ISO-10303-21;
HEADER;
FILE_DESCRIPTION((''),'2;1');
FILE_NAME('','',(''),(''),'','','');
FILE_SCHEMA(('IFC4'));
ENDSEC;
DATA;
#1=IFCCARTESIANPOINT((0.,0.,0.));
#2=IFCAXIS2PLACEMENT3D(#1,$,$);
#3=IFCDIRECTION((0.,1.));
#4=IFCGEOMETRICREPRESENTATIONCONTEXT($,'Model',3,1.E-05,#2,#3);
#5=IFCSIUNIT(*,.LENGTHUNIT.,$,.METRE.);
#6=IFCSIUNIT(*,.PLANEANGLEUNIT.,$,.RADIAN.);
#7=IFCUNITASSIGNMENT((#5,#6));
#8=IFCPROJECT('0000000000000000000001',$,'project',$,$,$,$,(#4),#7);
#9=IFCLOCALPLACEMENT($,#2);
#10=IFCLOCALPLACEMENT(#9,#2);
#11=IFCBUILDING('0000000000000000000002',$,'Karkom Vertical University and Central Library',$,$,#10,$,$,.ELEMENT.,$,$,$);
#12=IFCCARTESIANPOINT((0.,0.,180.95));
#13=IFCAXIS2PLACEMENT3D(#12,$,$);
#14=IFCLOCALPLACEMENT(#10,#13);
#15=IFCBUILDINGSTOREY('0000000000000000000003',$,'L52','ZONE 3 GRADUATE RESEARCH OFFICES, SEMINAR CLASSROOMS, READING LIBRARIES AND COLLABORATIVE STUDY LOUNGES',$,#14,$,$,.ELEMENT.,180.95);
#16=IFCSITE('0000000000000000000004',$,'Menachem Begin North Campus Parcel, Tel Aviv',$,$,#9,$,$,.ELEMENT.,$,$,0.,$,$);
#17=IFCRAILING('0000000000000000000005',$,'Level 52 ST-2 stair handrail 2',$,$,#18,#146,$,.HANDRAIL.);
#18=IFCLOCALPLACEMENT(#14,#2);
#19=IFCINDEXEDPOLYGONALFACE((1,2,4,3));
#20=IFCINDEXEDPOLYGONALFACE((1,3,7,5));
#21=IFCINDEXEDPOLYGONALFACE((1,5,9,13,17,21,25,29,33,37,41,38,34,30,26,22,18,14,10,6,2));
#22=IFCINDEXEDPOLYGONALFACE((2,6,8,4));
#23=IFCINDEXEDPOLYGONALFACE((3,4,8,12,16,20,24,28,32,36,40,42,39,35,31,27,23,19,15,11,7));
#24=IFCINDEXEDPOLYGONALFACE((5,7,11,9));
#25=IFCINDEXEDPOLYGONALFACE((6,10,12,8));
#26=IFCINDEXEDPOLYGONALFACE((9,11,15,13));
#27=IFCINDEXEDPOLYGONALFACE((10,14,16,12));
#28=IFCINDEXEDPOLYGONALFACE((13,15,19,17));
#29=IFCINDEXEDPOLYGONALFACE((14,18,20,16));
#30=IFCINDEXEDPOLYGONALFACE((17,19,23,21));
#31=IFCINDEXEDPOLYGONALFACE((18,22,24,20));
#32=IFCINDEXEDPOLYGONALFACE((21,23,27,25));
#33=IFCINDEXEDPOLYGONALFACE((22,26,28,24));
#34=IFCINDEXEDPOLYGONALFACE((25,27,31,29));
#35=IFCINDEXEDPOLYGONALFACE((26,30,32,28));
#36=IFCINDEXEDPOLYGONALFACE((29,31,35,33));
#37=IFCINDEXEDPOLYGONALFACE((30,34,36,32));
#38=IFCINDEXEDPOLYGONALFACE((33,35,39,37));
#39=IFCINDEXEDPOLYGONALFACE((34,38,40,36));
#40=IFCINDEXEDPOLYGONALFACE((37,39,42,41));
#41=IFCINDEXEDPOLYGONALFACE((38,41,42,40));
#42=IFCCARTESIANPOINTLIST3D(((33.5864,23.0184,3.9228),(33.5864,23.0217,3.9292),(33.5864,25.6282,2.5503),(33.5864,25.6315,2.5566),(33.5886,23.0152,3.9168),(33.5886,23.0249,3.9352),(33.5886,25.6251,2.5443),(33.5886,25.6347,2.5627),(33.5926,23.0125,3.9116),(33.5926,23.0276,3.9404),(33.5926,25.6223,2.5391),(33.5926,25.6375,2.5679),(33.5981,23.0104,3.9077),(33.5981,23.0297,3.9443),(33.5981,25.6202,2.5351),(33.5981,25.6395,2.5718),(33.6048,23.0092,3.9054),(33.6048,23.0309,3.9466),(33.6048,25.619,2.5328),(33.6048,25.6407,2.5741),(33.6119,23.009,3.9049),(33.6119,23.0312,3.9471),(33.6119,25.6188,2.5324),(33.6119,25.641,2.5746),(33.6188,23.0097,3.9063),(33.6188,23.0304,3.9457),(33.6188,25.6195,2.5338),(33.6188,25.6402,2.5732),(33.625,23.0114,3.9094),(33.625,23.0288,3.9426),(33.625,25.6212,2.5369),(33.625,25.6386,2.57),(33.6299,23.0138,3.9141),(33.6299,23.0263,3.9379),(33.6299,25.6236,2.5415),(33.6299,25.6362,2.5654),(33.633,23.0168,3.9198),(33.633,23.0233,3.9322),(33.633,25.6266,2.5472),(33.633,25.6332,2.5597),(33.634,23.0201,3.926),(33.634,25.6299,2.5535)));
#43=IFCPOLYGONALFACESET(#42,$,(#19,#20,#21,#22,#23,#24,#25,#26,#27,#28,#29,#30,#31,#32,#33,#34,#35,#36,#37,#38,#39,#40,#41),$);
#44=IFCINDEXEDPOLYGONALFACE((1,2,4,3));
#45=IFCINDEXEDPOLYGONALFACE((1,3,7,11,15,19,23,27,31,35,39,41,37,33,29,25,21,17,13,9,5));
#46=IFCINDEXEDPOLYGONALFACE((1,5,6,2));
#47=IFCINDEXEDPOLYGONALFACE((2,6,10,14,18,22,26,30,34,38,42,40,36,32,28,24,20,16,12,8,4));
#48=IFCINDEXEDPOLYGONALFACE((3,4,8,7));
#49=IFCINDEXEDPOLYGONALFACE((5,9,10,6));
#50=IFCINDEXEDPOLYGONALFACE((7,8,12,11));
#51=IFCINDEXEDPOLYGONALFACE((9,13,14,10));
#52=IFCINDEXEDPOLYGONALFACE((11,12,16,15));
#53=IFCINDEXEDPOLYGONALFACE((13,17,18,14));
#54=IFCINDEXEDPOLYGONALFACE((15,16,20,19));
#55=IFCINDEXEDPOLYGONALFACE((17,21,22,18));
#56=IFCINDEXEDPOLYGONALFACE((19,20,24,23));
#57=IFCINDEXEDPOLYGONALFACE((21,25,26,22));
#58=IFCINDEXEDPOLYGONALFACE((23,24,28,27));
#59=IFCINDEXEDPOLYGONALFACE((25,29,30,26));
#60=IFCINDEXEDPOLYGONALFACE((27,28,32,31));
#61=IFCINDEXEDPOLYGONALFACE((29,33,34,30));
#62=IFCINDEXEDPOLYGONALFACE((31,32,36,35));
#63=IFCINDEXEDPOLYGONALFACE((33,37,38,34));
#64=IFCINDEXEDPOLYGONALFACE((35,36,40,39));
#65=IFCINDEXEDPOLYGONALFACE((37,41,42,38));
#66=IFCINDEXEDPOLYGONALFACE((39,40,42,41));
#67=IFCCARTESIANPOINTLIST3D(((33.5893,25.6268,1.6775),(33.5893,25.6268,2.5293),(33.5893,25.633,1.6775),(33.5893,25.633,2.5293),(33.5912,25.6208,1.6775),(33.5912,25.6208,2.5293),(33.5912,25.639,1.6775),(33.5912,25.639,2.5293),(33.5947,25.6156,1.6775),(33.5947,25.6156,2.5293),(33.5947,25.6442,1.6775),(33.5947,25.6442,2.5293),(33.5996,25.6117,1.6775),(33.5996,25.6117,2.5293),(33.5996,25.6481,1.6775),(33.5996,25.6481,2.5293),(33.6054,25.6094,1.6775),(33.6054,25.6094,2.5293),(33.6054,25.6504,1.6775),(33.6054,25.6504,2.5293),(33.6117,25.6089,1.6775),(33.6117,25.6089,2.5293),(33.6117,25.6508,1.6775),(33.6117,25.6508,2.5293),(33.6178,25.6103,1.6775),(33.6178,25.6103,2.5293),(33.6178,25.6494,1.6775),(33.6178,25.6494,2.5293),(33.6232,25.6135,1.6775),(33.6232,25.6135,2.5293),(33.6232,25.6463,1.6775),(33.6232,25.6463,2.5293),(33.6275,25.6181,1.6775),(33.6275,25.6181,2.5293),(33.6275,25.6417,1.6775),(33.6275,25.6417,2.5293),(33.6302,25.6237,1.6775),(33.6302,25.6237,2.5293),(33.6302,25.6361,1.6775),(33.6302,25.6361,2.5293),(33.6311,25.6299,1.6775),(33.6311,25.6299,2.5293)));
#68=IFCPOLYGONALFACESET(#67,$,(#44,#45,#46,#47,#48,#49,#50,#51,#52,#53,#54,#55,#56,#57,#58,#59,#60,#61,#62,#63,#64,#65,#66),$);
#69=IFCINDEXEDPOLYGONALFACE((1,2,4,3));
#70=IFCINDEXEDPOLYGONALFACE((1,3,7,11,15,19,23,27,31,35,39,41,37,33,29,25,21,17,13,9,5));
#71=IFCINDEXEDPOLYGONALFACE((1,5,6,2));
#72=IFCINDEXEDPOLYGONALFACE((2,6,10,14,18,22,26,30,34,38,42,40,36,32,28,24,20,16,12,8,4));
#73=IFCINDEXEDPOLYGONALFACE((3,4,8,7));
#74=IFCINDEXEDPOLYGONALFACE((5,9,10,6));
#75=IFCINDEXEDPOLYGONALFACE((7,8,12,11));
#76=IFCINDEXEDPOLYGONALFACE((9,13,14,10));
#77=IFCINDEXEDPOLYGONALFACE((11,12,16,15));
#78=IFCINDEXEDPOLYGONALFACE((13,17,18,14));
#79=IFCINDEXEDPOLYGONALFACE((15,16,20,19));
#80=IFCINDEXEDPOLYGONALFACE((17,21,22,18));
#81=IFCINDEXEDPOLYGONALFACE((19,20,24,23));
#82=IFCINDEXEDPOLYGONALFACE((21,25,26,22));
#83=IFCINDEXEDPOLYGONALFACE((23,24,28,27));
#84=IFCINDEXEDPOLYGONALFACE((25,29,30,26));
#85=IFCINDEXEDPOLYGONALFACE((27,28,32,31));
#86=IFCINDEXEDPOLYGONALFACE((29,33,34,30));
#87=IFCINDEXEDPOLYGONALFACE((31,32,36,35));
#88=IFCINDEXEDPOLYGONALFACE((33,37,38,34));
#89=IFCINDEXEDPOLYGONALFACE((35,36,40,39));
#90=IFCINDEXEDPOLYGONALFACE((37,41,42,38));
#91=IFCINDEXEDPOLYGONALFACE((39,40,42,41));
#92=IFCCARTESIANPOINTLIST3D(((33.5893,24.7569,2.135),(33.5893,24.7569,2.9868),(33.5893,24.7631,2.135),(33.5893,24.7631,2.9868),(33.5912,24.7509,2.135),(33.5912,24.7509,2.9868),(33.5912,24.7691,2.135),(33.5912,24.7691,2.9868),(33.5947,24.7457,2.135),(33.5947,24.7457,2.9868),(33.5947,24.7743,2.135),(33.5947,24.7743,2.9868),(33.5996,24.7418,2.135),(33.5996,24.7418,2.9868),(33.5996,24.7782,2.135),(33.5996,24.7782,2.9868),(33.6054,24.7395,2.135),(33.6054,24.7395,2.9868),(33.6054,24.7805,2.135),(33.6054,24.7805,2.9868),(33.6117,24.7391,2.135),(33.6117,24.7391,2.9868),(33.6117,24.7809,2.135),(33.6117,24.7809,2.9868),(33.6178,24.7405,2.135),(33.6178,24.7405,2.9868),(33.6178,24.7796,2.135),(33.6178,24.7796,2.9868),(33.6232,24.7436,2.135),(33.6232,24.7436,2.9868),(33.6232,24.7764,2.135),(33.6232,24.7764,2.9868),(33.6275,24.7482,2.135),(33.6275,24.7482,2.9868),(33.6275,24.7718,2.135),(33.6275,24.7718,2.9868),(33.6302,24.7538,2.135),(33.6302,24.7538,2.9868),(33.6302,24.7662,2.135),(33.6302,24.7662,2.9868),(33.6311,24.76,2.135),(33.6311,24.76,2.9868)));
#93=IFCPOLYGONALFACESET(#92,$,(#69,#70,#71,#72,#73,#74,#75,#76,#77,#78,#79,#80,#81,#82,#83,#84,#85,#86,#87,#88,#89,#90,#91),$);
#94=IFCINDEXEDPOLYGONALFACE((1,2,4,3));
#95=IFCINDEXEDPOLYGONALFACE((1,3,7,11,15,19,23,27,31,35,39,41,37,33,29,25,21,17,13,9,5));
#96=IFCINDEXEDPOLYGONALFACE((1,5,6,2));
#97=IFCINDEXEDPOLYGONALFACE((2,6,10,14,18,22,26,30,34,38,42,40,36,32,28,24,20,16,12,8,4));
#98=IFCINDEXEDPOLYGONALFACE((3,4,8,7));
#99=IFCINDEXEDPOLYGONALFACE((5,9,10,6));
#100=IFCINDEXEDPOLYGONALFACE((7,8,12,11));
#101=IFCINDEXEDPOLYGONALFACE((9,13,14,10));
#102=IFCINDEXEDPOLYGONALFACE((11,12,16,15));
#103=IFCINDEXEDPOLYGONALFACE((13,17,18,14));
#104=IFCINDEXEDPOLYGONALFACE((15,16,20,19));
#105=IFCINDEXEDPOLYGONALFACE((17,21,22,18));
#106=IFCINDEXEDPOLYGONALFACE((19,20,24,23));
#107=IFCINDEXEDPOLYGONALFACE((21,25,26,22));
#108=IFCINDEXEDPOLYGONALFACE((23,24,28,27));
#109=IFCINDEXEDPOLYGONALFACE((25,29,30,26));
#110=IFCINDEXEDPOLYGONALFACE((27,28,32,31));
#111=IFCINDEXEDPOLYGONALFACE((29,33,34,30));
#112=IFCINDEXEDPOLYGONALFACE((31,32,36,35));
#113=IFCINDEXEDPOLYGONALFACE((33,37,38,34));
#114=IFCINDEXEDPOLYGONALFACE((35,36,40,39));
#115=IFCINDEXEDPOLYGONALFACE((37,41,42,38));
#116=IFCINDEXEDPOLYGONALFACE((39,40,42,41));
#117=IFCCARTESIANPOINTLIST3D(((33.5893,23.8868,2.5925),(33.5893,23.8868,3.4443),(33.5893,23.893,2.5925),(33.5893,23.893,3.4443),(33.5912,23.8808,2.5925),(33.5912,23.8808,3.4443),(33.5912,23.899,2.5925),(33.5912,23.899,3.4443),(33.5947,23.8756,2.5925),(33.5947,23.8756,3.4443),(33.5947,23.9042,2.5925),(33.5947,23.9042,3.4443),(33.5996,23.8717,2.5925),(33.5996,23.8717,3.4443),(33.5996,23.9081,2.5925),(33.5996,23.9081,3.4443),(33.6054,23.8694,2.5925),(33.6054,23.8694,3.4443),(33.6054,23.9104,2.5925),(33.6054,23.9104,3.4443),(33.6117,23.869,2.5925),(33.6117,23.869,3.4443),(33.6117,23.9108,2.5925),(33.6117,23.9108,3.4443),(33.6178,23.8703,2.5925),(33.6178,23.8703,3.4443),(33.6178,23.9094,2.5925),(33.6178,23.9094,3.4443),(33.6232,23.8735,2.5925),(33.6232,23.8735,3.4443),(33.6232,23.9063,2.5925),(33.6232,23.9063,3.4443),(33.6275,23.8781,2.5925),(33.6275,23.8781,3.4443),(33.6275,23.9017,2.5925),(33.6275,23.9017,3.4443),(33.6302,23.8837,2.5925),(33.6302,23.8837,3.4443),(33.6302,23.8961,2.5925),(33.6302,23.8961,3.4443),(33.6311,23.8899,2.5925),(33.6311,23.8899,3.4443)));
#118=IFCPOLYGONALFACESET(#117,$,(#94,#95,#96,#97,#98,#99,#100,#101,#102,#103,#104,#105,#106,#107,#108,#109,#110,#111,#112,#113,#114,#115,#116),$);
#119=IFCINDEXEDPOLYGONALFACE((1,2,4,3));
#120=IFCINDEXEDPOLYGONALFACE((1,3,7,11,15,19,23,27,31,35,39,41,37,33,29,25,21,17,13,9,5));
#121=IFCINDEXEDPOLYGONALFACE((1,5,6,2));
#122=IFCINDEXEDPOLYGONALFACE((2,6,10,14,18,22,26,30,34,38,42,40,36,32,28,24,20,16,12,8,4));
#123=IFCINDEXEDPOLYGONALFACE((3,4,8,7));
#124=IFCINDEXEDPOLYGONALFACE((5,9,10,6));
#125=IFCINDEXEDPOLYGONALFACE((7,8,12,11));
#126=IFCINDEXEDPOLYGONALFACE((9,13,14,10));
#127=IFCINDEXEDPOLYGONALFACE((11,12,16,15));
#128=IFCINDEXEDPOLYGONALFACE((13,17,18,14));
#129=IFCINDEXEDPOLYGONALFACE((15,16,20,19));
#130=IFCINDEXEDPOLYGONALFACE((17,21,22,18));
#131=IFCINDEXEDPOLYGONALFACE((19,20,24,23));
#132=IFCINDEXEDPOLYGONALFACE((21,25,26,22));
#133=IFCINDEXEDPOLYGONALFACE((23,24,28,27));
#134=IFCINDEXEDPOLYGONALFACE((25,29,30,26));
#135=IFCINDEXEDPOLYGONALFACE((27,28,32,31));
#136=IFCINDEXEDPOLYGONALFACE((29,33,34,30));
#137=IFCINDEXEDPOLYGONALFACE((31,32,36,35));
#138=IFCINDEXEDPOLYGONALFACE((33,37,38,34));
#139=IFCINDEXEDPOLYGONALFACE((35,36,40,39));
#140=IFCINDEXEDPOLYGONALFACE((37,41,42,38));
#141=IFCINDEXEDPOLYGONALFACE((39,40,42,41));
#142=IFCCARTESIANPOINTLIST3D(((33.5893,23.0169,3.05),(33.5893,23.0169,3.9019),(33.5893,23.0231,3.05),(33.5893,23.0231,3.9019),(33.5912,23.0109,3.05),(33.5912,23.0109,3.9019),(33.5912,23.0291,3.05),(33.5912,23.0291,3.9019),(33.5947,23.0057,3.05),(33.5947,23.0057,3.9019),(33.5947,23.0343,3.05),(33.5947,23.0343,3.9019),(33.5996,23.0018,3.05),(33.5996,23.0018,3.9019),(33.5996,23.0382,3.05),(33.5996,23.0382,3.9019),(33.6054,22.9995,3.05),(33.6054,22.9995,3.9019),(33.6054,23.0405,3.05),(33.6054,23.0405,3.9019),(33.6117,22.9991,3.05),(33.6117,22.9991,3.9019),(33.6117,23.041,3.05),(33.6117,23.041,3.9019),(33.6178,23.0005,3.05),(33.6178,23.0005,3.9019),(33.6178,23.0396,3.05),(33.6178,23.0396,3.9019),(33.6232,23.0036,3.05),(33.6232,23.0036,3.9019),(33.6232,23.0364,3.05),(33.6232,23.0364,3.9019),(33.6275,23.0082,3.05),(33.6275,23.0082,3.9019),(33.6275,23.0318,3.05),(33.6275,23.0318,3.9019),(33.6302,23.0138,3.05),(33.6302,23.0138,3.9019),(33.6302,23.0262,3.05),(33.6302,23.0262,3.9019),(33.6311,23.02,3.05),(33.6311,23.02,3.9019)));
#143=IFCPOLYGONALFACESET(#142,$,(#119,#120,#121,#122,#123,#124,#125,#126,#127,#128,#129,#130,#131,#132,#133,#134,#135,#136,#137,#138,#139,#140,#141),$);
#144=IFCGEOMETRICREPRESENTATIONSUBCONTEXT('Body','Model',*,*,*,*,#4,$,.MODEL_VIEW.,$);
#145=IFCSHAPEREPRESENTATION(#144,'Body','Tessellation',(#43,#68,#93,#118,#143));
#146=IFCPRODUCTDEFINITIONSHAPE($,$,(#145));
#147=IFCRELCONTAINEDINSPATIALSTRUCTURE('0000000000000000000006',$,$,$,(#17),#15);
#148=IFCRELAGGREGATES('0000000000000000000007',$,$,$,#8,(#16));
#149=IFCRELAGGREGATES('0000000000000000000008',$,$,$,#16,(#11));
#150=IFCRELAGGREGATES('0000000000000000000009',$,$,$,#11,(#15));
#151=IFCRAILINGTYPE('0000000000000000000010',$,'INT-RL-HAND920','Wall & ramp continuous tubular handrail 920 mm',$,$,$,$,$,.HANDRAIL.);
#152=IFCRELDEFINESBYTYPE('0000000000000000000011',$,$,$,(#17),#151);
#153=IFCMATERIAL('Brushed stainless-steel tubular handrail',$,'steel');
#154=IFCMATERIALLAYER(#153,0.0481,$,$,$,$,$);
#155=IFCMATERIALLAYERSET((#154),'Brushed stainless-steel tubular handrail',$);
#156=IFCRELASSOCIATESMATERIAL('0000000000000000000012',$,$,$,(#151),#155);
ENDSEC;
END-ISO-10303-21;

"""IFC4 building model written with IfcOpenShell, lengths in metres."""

from ifc_helpers import new_model, si_unit, direction, frame, origin, origin_2d, place, context, subcontext, project, spatial, circle, extrude, material, layer, layer_set, type_object, element, save


model = new_model("IFC4")

# Units and contexts
model_context = context("Model", 3, precision=1e-05, world=origin(), true_north=direction((0.0, 1.0)))
body_context = subcontext(model_context, "Body", "Model", "MODEL_VIEW")
ifc_project = project(units=[si_unit("LENGTHUNIT", "METRE"), si_unit("PLANEANGLEUNIT", "RADIAN")], contexts=[model_context])

# Site, building, storey
site_placement = place(None, origin())
site = spatial("IfcSite", under=ifc_project, at=site_placement, Name="Menachem Begin North Campus Parcel, Tel Aviv", CompositionType="ELEMENT", RefElevation=0.0)
building_placement = place(site_placement, origin())
building = spatial("IfcBuilding", under=site, at=building_placement, Name="Karkom Vertical University and Central Library", CompositionType="ELEMENT")
storey_placement = place(building_placement, frame((0.0, 0.0, 180.95)))
storey = spatial("IfcBuildingStorey", under=building, at=storey_placement, Name="L52", Description="ZONE 3 GRADUATE RESEARCH OFFICES, SEMINAR CLASSROOMS, READING LIBRARIES AND COLLABORATIVE STUDY LOUNGES", CompositionType="ELEMENT", Elevation=180.95)

# Railing
ifc_material_1 = material(Name="Brushed stainless-steel tubular handrail", Category="steel")
ifc_layer_1 = layer(ifc_material_1, 0.0481)
ifc_layer_set_1 = layer_set([ifc_layer_1], Name="Brushed stainless-steel tubular handrail")
railing_type_1 = type_object("IfcRailingType", Name="INT-RL-HAND920", Description="Wall & ramp continuous tubular handrail 920 mm", PredefinedType="HANDRAIL", material=ifc_layer_set_1)
railing_1_placement = place(storey_placement, frame((33.6101, 25.6299, 1.6775)))
element("IfcRailing", 1, at=railing_1_placement, inside=storey, type_object=railing_type_1, Name="Level 52 ST-2 stair handrail 2", PredefinedType="HANDRAIL", context=body_context, shape_type="SweptSolid", body=[
    extrude(circle(Radius=0.0239, at=origin_2d()), frame((0.0, 0.0, 0.876), z_axis=(0.0, -0.885065, 0.465467), x_axis=(1.0, 0.0, 0.0)), (0.0, 0.0, 1.0), 2.9487),
    extrude(circle(Radius=0.021, at=origin_2d()), origin(), (0.0, 0.0, 1.0), 0.8518),
    extrude(circle(Radius=0.021, at=origin_2d()), frame((0.0, -0.8699, 0.4575)), (0.0, 0.0, 1.0), 0.8518),
    extrude(circle(Radius=0.021, at=origin_2d()), frame((0.0, -1.74, 0.915)), (0.0, 0.0, 1.0), 0.8518),
    extrude(circle(Radius=0.021, at=origin_2d()), frame((0.0, -2.6099, 1.3726)), (0.0, 0.0, 1.0), 0.8518),
])

save(model, "model.ifc")
